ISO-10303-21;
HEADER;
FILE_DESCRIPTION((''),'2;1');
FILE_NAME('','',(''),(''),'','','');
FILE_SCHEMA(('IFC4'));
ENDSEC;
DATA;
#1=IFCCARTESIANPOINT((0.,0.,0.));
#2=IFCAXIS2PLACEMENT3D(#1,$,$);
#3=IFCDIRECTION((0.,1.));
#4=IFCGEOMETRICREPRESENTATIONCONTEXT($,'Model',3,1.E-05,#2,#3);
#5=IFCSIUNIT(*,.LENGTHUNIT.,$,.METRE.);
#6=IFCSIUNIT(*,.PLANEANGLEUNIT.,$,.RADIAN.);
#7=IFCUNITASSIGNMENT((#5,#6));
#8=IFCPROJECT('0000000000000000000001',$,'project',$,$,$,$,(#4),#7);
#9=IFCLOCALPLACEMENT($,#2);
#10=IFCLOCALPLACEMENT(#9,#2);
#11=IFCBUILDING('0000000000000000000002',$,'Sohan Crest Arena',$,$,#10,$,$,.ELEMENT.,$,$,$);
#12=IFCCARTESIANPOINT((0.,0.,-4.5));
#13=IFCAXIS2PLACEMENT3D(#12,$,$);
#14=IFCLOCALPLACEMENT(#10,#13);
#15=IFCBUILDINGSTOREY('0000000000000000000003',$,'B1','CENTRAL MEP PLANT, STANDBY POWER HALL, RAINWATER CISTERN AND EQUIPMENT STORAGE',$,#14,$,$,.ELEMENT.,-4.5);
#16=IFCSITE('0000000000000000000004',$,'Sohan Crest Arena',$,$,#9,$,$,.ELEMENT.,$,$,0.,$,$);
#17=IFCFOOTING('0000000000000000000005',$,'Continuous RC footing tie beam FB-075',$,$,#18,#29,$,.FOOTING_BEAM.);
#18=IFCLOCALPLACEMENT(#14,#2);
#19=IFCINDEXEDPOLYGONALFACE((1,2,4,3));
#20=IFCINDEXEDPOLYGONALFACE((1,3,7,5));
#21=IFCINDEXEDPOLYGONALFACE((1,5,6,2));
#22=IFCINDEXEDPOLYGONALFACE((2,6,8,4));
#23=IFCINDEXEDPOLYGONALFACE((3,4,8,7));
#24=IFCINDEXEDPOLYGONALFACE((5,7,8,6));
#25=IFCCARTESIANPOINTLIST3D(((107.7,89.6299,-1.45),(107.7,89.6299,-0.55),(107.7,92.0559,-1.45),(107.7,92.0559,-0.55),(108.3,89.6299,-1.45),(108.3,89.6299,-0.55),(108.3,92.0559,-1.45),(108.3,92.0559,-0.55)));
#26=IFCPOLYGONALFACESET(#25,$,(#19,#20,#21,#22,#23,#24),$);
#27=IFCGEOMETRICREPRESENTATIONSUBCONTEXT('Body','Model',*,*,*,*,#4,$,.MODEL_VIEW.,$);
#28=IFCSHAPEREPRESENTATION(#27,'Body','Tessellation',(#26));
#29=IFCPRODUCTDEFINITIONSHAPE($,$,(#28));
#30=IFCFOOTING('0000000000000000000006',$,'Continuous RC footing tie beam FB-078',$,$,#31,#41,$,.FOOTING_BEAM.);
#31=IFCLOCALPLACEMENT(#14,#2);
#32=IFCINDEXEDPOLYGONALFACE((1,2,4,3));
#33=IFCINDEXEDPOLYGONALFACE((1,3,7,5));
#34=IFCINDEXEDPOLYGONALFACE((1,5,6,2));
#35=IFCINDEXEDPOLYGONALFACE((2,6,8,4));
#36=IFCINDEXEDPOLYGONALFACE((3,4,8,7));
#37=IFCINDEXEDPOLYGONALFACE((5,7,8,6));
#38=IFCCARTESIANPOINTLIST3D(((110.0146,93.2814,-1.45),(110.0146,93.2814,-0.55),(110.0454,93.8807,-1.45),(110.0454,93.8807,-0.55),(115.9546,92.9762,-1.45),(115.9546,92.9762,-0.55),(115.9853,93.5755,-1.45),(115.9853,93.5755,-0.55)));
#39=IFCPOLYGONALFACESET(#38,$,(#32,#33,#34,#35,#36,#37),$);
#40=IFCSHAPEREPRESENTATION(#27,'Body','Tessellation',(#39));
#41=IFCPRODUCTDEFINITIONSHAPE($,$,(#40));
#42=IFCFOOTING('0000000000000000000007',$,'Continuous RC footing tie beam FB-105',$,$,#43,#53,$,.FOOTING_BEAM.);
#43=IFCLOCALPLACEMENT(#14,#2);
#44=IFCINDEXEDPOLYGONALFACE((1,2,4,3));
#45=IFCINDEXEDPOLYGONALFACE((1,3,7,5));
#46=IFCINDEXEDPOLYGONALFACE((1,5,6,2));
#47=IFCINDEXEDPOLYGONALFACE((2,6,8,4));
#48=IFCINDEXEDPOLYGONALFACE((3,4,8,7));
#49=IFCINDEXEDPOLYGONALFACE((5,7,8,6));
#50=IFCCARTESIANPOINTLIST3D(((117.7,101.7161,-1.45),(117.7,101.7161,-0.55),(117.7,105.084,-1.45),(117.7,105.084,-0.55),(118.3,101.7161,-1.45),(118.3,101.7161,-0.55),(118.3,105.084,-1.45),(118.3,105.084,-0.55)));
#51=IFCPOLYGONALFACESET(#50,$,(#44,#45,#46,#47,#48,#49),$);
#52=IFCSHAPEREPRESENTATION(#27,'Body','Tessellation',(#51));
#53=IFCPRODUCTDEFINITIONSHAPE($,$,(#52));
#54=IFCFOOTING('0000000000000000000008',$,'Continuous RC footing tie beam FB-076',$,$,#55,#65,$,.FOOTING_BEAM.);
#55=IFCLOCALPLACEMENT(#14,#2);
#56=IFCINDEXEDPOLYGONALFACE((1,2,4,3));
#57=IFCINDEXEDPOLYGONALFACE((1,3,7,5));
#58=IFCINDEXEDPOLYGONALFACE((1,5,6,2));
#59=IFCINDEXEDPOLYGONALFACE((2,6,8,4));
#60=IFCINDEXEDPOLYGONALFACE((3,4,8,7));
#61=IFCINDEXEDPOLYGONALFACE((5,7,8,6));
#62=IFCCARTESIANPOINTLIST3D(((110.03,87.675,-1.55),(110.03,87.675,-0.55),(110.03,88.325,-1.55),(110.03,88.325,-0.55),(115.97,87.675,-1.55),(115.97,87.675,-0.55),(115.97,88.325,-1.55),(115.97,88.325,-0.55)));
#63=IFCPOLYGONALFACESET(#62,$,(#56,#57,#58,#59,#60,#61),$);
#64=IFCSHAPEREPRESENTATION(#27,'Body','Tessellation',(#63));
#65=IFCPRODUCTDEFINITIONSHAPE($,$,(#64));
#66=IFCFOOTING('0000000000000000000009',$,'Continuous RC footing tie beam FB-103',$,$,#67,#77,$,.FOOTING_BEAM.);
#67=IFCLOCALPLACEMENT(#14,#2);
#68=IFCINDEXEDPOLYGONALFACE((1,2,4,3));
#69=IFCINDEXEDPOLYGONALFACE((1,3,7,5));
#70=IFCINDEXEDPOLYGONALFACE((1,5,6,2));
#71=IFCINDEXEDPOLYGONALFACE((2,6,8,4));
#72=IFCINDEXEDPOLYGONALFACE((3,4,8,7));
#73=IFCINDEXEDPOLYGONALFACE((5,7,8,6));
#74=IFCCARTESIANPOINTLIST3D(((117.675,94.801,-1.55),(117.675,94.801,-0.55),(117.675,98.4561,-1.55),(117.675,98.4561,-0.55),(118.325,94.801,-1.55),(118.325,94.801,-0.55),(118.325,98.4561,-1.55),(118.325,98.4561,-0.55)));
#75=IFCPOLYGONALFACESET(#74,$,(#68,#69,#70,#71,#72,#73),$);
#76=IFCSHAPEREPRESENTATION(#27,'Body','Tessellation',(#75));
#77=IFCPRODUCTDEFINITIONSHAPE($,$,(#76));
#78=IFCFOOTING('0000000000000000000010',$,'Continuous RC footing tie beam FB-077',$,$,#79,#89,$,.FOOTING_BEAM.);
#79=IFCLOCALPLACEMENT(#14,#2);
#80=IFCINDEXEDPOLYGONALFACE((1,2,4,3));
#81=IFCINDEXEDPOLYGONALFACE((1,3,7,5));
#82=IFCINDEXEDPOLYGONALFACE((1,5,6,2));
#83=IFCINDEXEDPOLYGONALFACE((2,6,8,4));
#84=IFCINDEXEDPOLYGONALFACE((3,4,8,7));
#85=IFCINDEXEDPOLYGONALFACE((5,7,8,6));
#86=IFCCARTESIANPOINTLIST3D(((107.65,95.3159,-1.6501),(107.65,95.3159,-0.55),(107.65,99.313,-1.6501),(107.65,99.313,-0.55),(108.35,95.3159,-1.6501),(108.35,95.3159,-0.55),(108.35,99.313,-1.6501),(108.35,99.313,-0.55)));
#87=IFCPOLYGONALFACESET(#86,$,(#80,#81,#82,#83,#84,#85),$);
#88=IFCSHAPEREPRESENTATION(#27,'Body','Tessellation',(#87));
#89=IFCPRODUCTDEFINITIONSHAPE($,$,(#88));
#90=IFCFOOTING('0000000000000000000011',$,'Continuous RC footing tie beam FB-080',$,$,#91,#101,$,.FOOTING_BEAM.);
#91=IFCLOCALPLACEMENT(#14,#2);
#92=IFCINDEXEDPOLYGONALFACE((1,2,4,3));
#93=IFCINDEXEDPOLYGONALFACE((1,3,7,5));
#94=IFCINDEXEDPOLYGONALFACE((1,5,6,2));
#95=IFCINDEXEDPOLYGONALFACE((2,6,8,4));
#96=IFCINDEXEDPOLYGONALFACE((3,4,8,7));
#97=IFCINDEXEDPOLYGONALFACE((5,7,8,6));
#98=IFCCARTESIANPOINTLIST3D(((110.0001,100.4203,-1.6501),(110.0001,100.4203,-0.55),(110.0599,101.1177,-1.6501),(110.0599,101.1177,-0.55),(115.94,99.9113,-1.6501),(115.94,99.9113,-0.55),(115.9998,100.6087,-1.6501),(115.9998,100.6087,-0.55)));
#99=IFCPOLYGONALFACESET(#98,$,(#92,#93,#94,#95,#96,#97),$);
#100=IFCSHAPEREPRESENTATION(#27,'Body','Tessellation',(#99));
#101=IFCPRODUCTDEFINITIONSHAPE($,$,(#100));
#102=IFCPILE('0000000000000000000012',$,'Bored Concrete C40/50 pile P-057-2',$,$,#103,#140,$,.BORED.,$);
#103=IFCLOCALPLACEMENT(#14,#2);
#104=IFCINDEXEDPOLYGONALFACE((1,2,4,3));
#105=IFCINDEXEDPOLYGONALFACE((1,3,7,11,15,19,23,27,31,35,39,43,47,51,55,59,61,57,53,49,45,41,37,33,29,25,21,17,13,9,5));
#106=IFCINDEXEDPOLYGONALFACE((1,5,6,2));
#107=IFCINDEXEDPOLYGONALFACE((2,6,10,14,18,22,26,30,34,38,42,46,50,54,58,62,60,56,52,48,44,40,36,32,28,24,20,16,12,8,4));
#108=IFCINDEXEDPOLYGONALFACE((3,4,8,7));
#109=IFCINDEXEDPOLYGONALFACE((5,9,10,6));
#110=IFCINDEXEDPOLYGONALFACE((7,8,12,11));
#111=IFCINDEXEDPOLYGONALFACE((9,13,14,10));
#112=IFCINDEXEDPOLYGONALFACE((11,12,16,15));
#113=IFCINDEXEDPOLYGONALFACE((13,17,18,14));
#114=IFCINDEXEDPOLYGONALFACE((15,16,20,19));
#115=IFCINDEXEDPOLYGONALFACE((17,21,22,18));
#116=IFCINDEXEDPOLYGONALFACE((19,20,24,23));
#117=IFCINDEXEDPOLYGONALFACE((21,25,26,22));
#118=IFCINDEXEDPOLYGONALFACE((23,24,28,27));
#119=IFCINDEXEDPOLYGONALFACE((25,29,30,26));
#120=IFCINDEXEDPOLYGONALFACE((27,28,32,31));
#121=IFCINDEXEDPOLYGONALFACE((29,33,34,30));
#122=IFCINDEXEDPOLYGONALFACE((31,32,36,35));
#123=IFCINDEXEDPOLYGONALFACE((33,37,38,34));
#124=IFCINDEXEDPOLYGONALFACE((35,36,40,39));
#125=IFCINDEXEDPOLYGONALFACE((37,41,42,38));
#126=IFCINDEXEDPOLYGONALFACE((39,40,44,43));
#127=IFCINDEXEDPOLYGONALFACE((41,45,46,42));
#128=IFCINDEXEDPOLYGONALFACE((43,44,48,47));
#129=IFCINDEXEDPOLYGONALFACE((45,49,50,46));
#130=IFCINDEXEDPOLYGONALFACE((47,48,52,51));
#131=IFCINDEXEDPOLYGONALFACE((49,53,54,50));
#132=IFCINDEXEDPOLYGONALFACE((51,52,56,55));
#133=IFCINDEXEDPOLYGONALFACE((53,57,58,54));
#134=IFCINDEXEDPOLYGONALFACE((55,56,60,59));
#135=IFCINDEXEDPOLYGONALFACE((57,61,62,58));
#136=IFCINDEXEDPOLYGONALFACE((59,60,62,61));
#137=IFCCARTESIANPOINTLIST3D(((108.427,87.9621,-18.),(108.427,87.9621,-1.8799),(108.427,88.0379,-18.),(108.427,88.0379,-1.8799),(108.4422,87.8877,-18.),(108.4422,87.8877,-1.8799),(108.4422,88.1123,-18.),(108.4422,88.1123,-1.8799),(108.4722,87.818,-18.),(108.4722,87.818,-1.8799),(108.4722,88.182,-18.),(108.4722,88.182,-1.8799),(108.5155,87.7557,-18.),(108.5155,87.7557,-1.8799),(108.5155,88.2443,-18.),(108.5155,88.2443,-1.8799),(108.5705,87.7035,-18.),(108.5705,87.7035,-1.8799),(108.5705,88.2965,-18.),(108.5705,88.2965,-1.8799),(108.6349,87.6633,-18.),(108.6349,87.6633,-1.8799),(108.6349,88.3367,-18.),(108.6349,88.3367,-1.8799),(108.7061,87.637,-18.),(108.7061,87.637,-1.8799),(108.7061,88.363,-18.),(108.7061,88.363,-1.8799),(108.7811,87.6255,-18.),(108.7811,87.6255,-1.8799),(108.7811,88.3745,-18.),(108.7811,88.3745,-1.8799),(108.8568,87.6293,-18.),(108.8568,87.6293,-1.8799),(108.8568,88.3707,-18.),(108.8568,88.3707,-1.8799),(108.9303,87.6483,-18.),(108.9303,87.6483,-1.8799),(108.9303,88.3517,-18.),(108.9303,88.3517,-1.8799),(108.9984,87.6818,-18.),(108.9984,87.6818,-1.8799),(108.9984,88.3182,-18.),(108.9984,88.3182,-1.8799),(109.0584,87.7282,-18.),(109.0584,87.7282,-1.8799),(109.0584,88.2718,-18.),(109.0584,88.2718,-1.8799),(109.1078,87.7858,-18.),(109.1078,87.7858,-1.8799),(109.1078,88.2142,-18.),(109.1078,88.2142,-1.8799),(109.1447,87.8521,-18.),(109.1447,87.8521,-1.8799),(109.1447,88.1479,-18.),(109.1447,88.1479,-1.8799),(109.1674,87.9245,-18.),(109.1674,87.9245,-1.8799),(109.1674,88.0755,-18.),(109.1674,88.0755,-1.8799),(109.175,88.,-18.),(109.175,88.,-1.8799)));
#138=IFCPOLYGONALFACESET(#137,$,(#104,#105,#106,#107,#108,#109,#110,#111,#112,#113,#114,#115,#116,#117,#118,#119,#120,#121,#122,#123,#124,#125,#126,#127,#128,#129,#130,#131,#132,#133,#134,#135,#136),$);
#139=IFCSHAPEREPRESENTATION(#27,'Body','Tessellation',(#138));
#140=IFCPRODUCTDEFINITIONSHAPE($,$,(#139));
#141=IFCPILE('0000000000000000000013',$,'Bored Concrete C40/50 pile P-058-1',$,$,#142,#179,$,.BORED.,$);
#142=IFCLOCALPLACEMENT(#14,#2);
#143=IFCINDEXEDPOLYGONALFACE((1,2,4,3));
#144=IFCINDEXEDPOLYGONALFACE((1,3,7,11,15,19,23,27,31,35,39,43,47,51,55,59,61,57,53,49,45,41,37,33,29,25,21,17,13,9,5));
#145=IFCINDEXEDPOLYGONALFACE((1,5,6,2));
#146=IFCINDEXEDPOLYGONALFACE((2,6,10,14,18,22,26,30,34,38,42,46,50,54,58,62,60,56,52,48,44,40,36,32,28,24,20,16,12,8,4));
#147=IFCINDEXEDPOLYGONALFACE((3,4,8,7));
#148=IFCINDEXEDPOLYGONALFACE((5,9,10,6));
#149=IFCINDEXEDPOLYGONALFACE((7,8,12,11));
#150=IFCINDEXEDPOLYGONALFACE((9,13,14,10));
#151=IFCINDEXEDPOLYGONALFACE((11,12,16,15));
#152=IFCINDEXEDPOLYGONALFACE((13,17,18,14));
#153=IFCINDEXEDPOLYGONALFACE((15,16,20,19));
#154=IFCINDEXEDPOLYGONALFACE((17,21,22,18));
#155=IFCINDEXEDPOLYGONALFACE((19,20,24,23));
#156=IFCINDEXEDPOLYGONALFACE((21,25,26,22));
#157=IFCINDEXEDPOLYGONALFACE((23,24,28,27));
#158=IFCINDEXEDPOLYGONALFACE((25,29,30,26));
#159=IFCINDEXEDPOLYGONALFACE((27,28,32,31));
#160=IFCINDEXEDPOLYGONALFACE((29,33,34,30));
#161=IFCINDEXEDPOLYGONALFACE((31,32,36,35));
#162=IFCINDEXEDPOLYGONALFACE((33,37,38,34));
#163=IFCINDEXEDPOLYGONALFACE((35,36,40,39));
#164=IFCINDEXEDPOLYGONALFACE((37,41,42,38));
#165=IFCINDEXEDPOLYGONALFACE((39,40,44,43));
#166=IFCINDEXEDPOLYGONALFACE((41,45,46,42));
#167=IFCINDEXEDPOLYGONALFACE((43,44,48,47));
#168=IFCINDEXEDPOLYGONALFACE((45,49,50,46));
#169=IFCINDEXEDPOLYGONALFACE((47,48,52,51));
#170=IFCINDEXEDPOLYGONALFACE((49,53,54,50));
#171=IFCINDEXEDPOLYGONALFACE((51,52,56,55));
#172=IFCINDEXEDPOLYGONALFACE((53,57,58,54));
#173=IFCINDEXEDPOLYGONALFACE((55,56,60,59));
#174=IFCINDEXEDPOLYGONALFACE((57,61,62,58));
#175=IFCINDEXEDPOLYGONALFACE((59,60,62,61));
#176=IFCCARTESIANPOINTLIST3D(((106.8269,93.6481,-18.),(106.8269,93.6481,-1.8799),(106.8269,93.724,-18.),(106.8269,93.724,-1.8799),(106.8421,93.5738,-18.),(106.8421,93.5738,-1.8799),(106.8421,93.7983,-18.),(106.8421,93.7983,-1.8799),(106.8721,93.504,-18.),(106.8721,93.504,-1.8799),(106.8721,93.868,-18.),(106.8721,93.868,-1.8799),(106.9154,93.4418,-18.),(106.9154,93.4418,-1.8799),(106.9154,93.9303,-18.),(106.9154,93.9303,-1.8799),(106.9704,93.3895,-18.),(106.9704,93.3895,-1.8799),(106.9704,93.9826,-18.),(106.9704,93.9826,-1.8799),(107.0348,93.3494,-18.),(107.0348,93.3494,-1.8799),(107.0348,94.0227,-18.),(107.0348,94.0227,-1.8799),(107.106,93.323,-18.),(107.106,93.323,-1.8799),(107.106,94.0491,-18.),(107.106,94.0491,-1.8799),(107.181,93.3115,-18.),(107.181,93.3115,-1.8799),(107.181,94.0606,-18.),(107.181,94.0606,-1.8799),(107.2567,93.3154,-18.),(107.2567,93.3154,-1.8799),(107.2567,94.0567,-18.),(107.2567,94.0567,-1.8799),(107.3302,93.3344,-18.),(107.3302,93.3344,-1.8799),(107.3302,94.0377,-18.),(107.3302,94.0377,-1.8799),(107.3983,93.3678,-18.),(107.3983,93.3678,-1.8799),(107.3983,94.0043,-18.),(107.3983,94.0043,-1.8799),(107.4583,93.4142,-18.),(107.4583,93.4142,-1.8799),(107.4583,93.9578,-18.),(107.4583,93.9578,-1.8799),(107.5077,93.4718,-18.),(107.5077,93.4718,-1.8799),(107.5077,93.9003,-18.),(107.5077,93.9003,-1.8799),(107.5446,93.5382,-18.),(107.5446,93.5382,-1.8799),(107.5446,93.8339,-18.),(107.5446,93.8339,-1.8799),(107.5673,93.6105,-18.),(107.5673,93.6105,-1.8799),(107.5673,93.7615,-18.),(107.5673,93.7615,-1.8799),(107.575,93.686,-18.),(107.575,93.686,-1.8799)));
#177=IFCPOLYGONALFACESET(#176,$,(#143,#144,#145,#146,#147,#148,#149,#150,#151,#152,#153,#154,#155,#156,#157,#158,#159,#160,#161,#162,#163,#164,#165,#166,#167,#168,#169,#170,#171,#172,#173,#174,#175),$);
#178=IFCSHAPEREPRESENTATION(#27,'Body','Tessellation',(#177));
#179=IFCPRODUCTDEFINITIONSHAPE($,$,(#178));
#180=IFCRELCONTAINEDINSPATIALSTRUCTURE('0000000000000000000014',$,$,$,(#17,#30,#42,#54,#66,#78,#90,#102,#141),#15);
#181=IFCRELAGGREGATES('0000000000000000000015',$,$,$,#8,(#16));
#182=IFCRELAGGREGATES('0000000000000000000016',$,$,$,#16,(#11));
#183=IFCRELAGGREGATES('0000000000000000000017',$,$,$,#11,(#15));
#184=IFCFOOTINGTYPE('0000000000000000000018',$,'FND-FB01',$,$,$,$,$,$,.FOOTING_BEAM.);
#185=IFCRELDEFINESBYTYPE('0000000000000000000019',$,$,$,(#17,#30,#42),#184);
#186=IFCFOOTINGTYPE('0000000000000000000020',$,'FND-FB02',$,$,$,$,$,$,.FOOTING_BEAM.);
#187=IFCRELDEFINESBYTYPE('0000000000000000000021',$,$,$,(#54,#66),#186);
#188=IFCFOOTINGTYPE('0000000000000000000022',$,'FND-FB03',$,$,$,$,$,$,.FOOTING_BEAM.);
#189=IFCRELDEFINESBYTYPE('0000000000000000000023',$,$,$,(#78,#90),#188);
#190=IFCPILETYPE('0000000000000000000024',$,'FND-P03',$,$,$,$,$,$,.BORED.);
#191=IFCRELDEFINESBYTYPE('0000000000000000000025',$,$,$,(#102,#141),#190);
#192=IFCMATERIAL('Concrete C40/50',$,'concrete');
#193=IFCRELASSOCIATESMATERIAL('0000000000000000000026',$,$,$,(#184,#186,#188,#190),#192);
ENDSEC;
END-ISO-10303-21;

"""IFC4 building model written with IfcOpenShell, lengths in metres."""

from ifc_helpers import new_model, si_unit, direction, frame, origin, origin_2d, place, context, subcontext, project, spatial, rectangle, circle, extrude, material, material_profile, profile_set, type_object, element, save


model = new_model("IFC4")

# Units and contexts
model_context = context("Model", 3, precision=1e-05, world=origin(), true_north=direction((0.0, 1.0)))
body_context = subcontext(model_context, "Body", "Model", "MODEL_VIEW")
ifc_project = project(units=[si_unit("LENGTHUNIT", "METRE"), si_unit("PLANEANGLEUNIT", "RADIAN")], contexts=[model_context])

# Site, building, storey
site_placement = place(None, origin())
site = spatial("IfcSite", under=ifc_project, at=site_placement, Name="Sohan Crest Arena", CompositionType="ELEMENT", RefElevation=0.0)
building_placement = place(site_placement, origin())
building = spatial("IfcBuilding", under=site, at=building_placement, Name="Sohan Crest Arena", CompositionType="ELEMENT")
storey_placement = place(building_placement, frame((0.0, 0.0, -4.5)))
storey = spatial("IfcBuildingStorey", under=building, at=storey_placement, Name="B1", Description="CENTRAL MEP PLANT, STANDBY POWER HALL, RAINWATER CISTERN AND EQUIPMENT STORAGE", CompositionType="ELEMENT", Elevation=-4.5)

# Footings
ifc_material = material(Name="Concrete C40/50", Category="concrete")
ifc_material_profile_1 = material_profile(ifc_material, rectangle(XDim=0.6001, YDim=0.8999, at=origin_2d()), Name="RC-FB 600x900")
ifc_profile_set_1 = profile_set([ifc_material_profile_1], Name="Concrete C40/50")
footing_type_1 = type_object("IfcFootingType", Name="FND-FB01", PredefinedType="FOOTING_BEAM", material=ifc_profile_set_1)
footing_1_placement = place(storey_placement, frame((108.0, 89.6299, -1.0), z_axis=(0.0, 1.0, 0.0), x_axis=(-1.0, 0.0, 0.0)))
element("IfcFooting", 1, at=footing_1_placement, inside=storey, type_object=footing_type_1, Name="Continuous RC footing tie beam FB-075", PredefinedType="FOOTING_BEAM", context=body_context, shape_type="SweptSolid", body=[
    extrude(rectangle(XDim=0.6001, YDim=0.8999, at=origin_2d()), origin(), (0.0, 0.0, 1.0), 2.426),
])
footing_2_placement = place(storey_placement, frame((110.03, 93.5811, -1.0), z_axis=(0.998683, -0.051309, 0.0), x_axis=(0.051309, 0.998683, 0.0)))
element("IfcFooting", 2, at=footing_2_placement, inside=storey, type_object=footing_type_1, Name="Continuous RC footing tie beam FB-078", PredefinedType="FOOTING_BEAM", context=body_context, shape_type="SweptSolid", body=[
    extrude(rectangle(XDim=0.6001, YDim=0.8999, at=origin_2d()), origin(), (0.0, 0.0, 1.0), 5.9478),
])
footing_3_placement = place(storey_placement, frame((118.0, 101.7161, -1.0), z_axis=(0.0, 1.0, 0.0), x_axis=(-1.0, 0.0, 0.0)))
element("IfcFooting", 3, at=footing_3_placement, inside=storey, type_object=footing_type_1, Name="Continuous RC footing tie beam FB-105", PredefinedType="FOOTING_BEAM", context=body_context, shape_type="SweptSolid", body=[
    extrude(rectangle(XDim=0.6001, YDim=0.8999, at=origin_2d()), origin(), (0.0, 0.0, 1.0), 3.3679),
])
ifc_material_profile_2 = material_profile(ifc_material, rectangle(XDim=0.6499, YDim=1.0, at=origin_2d()), Name="RC-FB 650x1000")
ifc_profile_set_2 = profile_set([ifc_material_profile_2], Name="Concrete C40/50")
footing_type_2 = type_object("IfcFootingType", Name="FND-FB02", PredefinedType="FOOTING_BEAM", material=ifc_profile_set_2)
footing_4_placement = place(storey_placement, frame((110.03, 88.0, -1.05), z_axis=(1.0, 0.0, 0.0), x_axis=(0.0, 1.0, 0.0)))
element("IfcFooting", 4, at=footing_4_placement, inside=storey, type_object=footing_type_2, Name="Continuous RC footing tie beam FB-076", PredefinedType="FOOTING_BEAM", context=body_context, shape_type="SweptSolid", body=[
    extrude(rectangle(XDim=0.6499, YDim=1.0, at=origin_2d()), origin(), (0.0, 0.0, 1.0), 5.9399),
])
footing_5_placement = place(storey_placement, frame((118.0, 94.801, -1.05), z_axis=(0.0, 1.0, 0.0), x_axis=(-1.0, 0.0, 0.0)))
element("IfcFooting", 5, at=footing_5_placement, inside=storey, type_object=footing_type_2, Name="Continuous RC footing tie beam FB-103", PredefinedType="FOOTING_BEAM", context=body_context, shape_type="SweptSolid", body=[
    extrude(rectangle(XDim=0.6499, YDim=1.0, at=origin_2d()), origin(), (0.0, 0.0, 1.0), 3.655),
])
ifc_material_profile_3 = material_profile(ifc_material, rectangle(XDim=0.7, YDim=1.1001, at=origin_2d()), Name="RC-FB 700x1100")
ifc_profile_set_3 = profile_set([ifc_material_profile_3], Name="Concrete C40/50")
footing_type_3 = type_object("IfcFootingType", Name="FND-FB03", PredefinedType="FOOTING_BEAM", material=ifc_profile_set_3)
footing_6_placement = place(storey_placement, frame((108.0, 95.3159, -1.1001), z_axis=(0.0, 1.0, 0.0), x_axis=(-1.0, 0.0, 0.0)))
element("IfcFooting", 6, at=footing_6_placement, inside=storey, type_object=footing_type_3, Name="Continuous RC footing tie beam FB-077", PredefinedType="FOOTING_BEAM", context=body_context, shape_type="SweptSolid", body=[
    extrude(rectangle(XDim=0.7, YDim=1.1001, at=origin_2d()), origin(), (0.0, 0.0, 1.0), 3.9971),
])
footing_7_placement = place(storey_placement, frame((110.03, 100.769, -1.1001), z_axis=(0.996348, -0.085384, 0.0), x_axis=(0.085384, 0.996348, 0.0)))
element("IfcFooting", 7, at=footing_7_placement, inside=storey, type_object=footing_type_3, Name="Continuous RC footing tie beam FB-080", PredefinedType="FOOTING_BEAM", context=body_context, shape_type="SweptSolid", body=[
    extrude(rectangle(XDim=0.7, YDim=1.1001, at=origin_2d()), origin(), (0.0, 0.0, 1.0), 5.9617),
])

# Piles
ifc_material_profile_4 = material_profile(ifc_material, circle(Radius=0.375, at=origin_2d()), Name="PILE D750")
ifc_profile_set_4 = profile_set([ifc_material_profile_4], Name="Concrete C40/50")
pile_type = type_object("IfcPileType", Name="FND-P03", PredefinedType="BORED", material=ifc_profile_set_4)
for number, where, z_axis, x_axis, name in (
    (8, (108.8, 88.0, -18.0), (0.0, 0.0, 1.0), (1.0, 0.0, 0.0), "Bored Concrete C40/50 pile P-057-2"),
    (9, (107.2, 93.686, -18.0), (0.0, 0.0, 1.0), (1.0, 0.0, 0.0), "Bored Concrete C40/50 pile P-058-1"),
):
    element("IfcPile", number, at=place(storey_placement, frame(where, z_axis=z_axis, x_axis=x_axis)), inside=storey, type_object=pile_type, Name=name, PredefinedType="BORED", context=body_context, shape_type="SweptSolid", body=[
        extrude(circle(Radius=0.375, at=origin_2d()), origin(), (0.0, 0.0, 1.0), 16.1201),
    ])

save(model, "model.ifc")
